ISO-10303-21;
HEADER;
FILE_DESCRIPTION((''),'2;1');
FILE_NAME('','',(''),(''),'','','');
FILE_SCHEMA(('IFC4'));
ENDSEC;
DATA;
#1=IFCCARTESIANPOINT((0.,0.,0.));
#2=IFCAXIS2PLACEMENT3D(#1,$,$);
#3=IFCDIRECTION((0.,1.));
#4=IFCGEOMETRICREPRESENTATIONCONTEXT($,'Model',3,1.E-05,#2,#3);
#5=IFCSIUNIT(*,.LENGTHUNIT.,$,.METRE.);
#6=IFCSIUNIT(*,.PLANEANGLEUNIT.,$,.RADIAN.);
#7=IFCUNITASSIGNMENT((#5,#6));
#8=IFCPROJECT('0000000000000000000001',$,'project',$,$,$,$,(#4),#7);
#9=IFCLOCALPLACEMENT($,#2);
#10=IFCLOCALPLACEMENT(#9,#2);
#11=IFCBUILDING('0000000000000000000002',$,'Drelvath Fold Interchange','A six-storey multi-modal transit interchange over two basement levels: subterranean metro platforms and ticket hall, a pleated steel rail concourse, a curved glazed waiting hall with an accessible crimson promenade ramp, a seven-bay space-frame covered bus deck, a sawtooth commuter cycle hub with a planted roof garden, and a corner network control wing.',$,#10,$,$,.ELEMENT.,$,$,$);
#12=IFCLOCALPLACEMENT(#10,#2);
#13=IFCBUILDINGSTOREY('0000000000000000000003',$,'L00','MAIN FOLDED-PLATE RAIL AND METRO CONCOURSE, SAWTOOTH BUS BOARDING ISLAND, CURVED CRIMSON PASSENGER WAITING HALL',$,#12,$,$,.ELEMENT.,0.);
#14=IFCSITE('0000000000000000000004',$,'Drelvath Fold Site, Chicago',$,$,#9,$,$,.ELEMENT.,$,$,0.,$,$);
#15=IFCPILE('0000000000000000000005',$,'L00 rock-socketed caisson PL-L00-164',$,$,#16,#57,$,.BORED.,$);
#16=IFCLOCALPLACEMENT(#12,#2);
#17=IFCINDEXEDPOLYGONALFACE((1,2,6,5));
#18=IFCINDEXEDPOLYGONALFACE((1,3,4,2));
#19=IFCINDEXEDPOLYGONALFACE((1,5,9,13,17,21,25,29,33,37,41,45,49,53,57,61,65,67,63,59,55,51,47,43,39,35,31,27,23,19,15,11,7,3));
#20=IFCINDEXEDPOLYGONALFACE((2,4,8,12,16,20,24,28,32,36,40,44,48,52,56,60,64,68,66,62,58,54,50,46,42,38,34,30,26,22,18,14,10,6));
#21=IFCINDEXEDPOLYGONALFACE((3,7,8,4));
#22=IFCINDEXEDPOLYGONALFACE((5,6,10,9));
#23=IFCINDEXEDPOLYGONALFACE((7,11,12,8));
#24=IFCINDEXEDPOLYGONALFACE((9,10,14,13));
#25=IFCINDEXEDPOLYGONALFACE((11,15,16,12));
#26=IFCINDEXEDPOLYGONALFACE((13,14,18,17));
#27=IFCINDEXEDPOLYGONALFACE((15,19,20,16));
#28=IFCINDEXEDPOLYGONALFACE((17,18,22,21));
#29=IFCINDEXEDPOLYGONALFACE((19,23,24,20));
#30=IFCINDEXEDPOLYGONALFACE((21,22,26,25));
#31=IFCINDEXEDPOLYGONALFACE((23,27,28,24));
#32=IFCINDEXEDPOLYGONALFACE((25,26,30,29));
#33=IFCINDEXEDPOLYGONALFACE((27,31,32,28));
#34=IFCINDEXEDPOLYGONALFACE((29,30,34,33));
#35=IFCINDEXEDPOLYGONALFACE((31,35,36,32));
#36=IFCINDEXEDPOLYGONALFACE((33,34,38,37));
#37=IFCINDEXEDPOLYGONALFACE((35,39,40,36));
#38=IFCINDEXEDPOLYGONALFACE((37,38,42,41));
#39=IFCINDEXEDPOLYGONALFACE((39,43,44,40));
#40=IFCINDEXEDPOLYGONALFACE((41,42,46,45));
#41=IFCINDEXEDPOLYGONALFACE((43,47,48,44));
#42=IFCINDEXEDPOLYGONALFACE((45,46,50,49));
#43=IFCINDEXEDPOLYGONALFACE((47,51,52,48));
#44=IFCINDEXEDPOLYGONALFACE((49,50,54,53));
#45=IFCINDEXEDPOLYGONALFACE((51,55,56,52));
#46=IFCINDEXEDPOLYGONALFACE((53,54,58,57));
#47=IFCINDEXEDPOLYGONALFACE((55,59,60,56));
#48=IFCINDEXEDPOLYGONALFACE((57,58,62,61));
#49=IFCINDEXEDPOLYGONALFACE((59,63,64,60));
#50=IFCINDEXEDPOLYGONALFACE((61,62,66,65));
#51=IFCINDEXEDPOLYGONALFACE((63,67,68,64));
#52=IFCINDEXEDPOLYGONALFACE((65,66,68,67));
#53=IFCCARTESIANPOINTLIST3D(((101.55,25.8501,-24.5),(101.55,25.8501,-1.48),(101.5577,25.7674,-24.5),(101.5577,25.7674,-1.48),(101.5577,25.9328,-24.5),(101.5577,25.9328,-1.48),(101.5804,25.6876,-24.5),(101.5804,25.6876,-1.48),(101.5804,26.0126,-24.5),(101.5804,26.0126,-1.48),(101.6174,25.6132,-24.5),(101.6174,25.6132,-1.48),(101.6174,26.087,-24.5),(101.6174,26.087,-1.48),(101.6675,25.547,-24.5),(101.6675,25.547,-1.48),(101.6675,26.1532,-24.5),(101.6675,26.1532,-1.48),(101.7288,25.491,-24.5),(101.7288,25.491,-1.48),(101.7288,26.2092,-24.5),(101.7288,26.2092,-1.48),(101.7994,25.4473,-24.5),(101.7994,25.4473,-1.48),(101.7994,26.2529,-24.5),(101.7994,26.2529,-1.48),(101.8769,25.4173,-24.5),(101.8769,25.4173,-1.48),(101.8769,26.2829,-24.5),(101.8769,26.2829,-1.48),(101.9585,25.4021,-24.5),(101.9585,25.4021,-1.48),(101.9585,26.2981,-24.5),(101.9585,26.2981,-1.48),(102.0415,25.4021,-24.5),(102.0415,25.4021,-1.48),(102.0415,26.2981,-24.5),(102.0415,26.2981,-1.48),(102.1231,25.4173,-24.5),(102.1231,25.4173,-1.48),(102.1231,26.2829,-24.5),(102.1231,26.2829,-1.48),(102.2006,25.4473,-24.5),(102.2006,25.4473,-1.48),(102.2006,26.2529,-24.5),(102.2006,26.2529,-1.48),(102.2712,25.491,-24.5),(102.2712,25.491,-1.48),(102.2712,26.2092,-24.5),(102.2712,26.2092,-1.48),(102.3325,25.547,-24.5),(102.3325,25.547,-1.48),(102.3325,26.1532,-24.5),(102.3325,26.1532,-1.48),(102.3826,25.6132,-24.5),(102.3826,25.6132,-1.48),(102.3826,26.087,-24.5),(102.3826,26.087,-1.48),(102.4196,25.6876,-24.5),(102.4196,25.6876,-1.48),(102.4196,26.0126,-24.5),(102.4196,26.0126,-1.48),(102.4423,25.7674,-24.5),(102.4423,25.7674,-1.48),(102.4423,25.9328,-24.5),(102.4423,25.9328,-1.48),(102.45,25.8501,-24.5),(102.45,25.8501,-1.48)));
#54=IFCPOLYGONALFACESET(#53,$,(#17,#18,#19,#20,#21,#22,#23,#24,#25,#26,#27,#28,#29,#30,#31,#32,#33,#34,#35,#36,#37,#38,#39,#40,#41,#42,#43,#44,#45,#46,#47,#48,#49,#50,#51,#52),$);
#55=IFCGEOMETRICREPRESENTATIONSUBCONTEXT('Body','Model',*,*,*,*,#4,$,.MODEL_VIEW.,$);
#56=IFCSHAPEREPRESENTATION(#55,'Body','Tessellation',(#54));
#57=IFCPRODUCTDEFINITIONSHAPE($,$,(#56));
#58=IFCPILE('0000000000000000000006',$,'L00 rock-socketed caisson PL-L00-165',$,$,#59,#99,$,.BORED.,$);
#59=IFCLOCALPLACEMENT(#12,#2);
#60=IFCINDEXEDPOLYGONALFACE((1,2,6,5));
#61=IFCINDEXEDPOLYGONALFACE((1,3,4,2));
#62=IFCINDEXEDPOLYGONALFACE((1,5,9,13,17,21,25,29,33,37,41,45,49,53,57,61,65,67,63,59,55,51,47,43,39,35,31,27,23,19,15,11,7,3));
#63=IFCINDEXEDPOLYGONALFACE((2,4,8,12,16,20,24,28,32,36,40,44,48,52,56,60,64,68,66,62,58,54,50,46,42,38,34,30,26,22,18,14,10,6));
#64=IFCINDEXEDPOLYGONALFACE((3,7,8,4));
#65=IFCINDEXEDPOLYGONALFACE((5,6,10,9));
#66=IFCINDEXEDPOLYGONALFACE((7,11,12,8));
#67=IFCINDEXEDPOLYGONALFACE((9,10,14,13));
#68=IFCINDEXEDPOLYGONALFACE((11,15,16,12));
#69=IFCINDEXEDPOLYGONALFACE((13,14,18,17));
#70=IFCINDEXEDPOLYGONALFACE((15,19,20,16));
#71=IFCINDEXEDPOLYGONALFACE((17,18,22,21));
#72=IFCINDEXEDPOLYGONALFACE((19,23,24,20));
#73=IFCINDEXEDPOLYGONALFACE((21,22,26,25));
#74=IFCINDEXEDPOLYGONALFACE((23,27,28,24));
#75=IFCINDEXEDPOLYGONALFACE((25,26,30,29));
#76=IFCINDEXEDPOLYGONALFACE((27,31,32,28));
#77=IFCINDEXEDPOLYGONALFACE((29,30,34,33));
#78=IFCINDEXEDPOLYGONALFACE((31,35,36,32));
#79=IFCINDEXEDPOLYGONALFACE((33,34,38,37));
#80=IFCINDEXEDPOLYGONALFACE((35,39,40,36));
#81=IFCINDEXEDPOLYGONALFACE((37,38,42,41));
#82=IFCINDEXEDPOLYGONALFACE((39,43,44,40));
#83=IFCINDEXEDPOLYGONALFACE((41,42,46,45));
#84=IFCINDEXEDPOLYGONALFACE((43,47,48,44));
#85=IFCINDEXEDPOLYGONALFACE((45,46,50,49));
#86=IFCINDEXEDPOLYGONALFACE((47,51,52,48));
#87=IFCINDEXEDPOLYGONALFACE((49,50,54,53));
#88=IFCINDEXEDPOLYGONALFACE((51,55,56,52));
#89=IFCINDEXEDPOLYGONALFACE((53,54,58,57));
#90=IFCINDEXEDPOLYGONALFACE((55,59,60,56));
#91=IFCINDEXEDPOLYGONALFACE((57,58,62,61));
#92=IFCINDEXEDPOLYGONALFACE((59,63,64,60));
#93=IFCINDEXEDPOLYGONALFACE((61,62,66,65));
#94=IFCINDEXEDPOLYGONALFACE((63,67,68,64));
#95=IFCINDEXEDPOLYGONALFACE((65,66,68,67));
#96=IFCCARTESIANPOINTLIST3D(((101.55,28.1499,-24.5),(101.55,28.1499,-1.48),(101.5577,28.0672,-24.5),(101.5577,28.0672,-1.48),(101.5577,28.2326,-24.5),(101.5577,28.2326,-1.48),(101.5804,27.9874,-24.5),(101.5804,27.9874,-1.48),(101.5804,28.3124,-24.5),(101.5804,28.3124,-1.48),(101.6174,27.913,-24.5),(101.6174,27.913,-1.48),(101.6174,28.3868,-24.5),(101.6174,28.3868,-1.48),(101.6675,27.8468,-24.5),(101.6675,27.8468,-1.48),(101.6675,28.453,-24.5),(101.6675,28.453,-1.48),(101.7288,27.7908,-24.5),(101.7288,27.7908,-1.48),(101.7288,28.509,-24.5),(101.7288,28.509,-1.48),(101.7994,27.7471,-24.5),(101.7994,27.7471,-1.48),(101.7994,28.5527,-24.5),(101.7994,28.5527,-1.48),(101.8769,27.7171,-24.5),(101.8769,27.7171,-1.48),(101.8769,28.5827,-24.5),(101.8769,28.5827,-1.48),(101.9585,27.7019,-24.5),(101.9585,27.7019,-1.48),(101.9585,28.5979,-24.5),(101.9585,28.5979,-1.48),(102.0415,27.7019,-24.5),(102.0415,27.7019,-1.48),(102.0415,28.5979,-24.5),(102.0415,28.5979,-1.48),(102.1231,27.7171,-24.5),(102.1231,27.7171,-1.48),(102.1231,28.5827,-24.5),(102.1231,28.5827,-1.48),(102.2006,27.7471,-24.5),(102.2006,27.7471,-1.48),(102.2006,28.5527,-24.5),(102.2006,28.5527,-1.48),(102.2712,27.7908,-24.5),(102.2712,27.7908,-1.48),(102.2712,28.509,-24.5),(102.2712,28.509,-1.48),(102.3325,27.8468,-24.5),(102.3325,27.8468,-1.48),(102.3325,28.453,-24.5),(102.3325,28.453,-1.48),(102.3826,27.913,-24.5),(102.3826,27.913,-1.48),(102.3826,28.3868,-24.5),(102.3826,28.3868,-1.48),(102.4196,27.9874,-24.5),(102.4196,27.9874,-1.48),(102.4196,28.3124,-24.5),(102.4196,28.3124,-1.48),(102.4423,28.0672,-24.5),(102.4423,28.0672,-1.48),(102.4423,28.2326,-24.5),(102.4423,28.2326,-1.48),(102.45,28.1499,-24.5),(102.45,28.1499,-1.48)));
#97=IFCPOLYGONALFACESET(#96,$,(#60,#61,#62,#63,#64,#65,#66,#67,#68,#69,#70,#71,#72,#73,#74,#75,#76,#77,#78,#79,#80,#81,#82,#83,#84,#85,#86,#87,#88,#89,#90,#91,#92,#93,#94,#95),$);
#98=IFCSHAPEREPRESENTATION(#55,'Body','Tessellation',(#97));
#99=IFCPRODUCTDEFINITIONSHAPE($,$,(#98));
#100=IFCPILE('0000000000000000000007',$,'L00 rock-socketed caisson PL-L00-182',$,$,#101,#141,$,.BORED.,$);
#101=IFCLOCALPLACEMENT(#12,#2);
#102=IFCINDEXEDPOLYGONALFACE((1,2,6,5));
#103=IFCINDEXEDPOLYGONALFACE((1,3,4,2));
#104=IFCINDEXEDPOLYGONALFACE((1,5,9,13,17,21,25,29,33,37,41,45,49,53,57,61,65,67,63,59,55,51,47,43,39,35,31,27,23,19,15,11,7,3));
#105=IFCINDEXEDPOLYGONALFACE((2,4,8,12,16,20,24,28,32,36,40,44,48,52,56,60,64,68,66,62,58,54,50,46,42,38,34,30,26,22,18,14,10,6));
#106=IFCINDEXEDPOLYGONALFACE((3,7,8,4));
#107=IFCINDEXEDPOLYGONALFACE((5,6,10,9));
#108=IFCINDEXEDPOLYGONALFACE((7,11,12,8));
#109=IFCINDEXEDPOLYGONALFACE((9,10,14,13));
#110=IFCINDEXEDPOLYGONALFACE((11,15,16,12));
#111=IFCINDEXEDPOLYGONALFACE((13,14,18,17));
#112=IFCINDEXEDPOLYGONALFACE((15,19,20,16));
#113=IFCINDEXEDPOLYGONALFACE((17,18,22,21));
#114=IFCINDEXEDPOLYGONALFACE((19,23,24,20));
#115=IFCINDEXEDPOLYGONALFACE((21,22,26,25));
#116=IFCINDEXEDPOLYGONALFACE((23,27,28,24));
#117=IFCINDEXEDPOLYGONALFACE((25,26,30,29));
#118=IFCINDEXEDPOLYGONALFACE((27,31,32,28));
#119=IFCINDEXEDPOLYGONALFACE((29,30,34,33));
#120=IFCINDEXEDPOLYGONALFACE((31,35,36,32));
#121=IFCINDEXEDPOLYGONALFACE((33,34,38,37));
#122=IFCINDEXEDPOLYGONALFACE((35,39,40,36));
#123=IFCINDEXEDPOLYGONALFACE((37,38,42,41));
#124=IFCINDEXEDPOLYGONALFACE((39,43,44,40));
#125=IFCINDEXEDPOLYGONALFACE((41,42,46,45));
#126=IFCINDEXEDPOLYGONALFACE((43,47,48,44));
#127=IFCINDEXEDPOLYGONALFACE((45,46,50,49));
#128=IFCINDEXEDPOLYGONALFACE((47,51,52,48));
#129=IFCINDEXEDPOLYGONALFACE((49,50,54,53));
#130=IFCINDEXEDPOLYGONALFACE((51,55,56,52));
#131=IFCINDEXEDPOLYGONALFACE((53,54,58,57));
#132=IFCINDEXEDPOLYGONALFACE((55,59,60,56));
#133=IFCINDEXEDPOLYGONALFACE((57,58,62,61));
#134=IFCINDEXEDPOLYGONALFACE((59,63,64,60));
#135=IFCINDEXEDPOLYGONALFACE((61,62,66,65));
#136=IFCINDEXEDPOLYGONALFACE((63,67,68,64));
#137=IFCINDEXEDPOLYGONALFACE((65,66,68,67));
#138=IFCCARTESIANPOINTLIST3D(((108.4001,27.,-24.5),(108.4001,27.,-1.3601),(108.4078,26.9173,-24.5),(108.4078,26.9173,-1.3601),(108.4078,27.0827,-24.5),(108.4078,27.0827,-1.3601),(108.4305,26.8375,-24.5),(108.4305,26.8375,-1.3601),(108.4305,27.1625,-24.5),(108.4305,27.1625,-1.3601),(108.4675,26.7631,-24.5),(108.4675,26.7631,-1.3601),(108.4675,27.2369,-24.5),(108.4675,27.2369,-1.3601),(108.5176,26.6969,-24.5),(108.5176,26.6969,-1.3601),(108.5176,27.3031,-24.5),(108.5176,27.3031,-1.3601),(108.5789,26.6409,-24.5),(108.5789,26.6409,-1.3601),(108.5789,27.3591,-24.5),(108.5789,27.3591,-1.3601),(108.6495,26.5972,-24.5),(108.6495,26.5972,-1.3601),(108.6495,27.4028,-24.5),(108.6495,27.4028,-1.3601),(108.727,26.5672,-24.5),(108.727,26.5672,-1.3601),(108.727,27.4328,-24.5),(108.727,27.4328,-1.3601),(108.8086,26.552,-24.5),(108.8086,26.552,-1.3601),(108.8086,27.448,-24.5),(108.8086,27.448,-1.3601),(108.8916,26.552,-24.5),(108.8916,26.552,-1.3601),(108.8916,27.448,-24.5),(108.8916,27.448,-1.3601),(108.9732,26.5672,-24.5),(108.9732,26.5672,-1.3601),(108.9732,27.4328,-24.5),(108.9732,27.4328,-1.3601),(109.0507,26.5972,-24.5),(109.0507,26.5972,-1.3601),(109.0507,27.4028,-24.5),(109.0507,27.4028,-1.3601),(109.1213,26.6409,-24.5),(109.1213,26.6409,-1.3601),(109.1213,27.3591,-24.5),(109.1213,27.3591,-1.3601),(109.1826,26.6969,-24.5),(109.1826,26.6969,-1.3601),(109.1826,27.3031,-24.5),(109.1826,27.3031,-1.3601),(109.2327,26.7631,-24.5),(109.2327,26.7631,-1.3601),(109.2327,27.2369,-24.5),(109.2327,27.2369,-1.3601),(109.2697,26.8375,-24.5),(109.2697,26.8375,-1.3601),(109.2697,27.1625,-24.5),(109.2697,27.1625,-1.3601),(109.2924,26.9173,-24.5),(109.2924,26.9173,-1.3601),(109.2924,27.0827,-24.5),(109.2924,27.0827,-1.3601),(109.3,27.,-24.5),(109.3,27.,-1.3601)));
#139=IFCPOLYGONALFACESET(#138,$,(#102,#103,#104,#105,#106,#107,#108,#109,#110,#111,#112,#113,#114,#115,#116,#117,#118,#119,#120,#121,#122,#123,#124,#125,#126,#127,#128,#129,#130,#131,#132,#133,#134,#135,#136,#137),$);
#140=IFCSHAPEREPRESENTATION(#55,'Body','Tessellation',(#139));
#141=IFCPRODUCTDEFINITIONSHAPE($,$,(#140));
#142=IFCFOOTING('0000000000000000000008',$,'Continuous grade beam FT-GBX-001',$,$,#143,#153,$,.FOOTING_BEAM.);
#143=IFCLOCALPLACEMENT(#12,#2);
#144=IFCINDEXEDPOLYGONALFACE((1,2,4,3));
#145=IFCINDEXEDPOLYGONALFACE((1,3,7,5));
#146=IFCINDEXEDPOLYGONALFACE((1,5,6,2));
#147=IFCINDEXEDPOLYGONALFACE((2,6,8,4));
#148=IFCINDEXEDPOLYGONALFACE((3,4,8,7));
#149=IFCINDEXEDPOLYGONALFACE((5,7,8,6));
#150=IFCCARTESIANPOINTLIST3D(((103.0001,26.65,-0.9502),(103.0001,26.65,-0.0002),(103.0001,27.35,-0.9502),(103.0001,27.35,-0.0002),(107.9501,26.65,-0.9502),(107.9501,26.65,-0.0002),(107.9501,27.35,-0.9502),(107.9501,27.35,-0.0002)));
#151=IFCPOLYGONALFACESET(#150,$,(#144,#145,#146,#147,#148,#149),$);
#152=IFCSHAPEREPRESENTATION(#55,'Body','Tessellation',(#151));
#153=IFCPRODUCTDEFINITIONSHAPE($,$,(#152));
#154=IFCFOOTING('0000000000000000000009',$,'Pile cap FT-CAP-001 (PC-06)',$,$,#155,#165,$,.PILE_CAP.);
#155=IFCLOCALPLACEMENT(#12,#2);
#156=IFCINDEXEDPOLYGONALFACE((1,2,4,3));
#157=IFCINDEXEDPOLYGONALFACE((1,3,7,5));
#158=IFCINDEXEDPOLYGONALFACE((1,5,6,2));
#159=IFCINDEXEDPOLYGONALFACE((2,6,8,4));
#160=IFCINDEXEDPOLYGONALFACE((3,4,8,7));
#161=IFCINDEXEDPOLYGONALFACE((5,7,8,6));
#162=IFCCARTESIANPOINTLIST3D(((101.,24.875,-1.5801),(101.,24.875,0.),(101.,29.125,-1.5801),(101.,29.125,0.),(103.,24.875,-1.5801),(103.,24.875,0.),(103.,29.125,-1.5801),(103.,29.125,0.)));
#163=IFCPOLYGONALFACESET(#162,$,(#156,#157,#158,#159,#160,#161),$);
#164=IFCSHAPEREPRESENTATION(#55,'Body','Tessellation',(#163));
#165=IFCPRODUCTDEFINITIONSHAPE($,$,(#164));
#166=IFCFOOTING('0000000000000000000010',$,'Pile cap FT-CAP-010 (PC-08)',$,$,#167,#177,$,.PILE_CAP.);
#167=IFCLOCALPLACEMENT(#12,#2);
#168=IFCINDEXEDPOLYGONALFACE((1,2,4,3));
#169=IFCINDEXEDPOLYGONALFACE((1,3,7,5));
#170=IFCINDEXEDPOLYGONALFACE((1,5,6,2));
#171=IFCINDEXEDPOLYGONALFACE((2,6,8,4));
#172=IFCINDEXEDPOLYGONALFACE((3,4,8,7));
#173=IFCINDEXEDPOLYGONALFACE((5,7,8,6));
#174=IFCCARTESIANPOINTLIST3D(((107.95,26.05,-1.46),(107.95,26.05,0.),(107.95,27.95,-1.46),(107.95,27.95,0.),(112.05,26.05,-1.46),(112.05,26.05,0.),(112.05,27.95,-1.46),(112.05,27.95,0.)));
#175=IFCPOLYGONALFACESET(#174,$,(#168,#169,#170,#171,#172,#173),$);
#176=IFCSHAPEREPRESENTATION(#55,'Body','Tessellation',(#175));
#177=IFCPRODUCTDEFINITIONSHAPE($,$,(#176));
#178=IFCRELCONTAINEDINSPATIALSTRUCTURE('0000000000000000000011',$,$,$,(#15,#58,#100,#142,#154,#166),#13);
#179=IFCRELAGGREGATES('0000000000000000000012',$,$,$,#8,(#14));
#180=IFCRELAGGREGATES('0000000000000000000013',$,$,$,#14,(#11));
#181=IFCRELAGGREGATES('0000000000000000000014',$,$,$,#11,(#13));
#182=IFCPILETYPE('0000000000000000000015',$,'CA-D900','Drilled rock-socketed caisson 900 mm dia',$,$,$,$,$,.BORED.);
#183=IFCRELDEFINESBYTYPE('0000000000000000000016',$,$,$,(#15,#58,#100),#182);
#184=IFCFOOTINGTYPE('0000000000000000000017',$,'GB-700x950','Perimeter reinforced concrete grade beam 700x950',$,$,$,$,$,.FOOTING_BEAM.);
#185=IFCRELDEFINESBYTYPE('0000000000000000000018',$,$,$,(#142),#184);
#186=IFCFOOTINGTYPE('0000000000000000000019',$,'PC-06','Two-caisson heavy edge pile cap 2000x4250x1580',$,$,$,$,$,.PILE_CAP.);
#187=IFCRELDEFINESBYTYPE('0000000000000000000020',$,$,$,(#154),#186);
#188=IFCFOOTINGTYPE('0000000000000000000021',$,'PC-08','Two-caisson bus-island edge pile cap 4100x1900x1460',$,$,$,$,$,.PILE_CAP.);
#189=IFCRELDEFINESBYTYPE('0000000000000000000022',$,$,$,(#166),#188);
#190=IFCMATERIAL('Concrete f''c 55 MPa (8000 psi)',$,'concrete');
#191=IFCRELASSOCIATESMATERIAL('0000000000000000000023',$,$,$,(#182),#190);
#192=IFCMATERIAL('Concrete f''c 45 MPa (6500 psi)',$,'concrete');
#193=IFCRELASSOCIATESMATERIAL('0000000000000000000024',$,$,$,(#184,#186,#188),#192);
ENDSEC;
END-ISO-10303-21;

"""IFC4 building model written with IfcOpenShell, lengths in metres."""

from ifc_helpers import new_model, si_unit, direction, frame, origin, origin_2d, place, context, subcontext, project, spatial, rectangle, circle, extrude, material, material_profile, profile_set, type_object, element, save


model = new_model("IFC4")

# Units and contexts
model_context = context("Model", 3, precision=1e-05, world=origin(), true_north=direction((0.0, 1.0)))
body_context = subcontext(model_context, "Body", "Model", "MODEL_VIEW")
ifc_project = project(units=[si_unit("LENGTHUNIT", "METRE"), si_unit("PLANEANGLEUNIT", "RADIAN")], contexts=[model_context])

# Site, building, storey
site_placement = place(None, origin())
site = spatial("IfcSite", under=ifc_project, at=site_placement, Name="Drelvath Fold Site, Chicago", CompositionType="ELEMENT", RefElevation=0.0)
building_placement = place(site_placement, origin())
building = spatial("IfcBuilding", under=site, at=building_placement, Name="Drelvath Fold Interchange", Description="A six-storey multi-modal transit interchange over two basement levels: subterranean metro platforms and ticket hall, a pleated steel rail concourse, a curved glazed waiting hall with an accessible crimson promenade ramp, a seven-bay space-frame covered bus deck, a sawtooth commuter cycle hub with a planted roof garden, and a corner network control wing.", CompositionType="ELEMENT")
storey_placement = place(building_placement, origin())
storey = spatial("IfcBuildingStorey", under=building, at=storey_placement, Name="L00", Description="MAIN FOLDED-PLATE RAIL AND METRO CONCOURSE, SAWTOOTH BUS BOARDING ISLAND, CURVED CRIMSON PASSENGER WAITING HALL", CompositionType="ELEMENT", Elevation=0.0)

# Piles
ifc_material_1 = material(Name="Concrete f'c 55 MPa (8000 psi)", Category="concrete")
ifc_material_profile_1 = material_profile(ifc_material_1, circle(Radius=0.45, at=origin_2d()), Name="CAISSON D900")
ifc_profile_set_1 = profile_set([ifc_material_profile_1], Name="Concrete f'c 55 MPa (8000 psi)")
pile_type = type_object("IfcPileType", Name="CA-D900", Description="Drilled rock-socketed caisson 900 mm dia", PredefinedType="BORED", material=ifc_profile_set_1)
for number, where, z_axis, x_axis, name in (
    (1, (102.0, 25.8501, -1.48), (0.0, 0.0, -1.0), (1.0, 0.0, 0.0), "L00 rock-socketed caisson PL-L00-164"),
    (2, (102.0, 28.1499, -1.48), (0.0, 0.0, -1.0), (1.0, 0.0, 0.0), "L00 rock-socketed caisson PL-L00-165"),
):
    element("IfcPile", number, at=place(storey_placement, frame(where, z_axis=z_axis, x_axis=x_axis)), inside=storey, type_object=pile_type, Name=name, PredefinedType="BORED", context=body_context, shape_type="SweptSolid", body=[
        extrude(circle(Radius=0.45, at=origin_2d()), origin(), (0.0, 0.0, 1.0), 23.02),
    ])
pile_placement = place(storey_placement, frame((108.8501, 27.0, -1.3601), z_axis=(0.0, 0.0, -1.0), x_axis=(1.0, 0.0, 0.0)))
element("IfcPile", 3, at=pile_placement, inside=storey, type_object=pile_type, Name="L00 rock-socketed caisson PL-L00-182", PredefinedType="BORED", context=body_context, shape_type="SweptSolid", body=[
    extrude(circle(Radius=0.45, at=origin_2d()), origin(), (0.0, 0.0, 1.0), 23.1399),
])

# Footings
ifc_material_2 = material(Name="Concrete f'c 45 MPa (6500 psi)", Category="concrete")
footing_type_1 = type_object("IfcFootingType", Name="GB-700x950", Description="Perimeter reinforced concrete grade beam 700x950", PredefinedType="FOOTING_BEAM", material=ifc_material_2)
footing_1_placement = place(storey_placement, frame((105.4751, 27.0, -0.9502), z_axis=(0.0, 0.0, 1.0), x_axis=(1.0, 0.0, 0.0)))
element("IfcFooting", 4, at=footing_1_placement, inside=storey, type_object=footing_type_1, Name="Continuous grade beam FT-GBX-001", PredefinedType="FOOTING_BEAM", context=body_context, shape_type="SweptSolid", body=[
    extrude(rectangle(XDim=4.95, YDim=0.7, at=origin_2d()), origin(), (0.0, 0.0, 1.0), 0.95),
])
footing_type_2 = type_object("IfcFootingType", Name="PC-06", Description="Two-caisson heavy edge pile cap 2000x4250x1580", PredefinedType="PILE_CAP", material=ifc_material_2)
footing_2_placement = place(storey_placement, frame((102.0, 27.0, -1.5801), z_axis=(0.0, 0.0, 1.0), x_axis=(1.0, 0.0, 0.0)))
element("IfcFooting", 5, at=footing_2_placement, inside=storey, type_object=footing_type_2, Name="Pile cap FT-CAP-001 (PC-06)", PredefinedType="PILE_CAP", context=body_context, shape_type="SweptSolid", body=[
    extrude(rectangle(XDim=2.0, YDim=4.25, at=origin_2d()), origin(), (0.0, 0.0, 1.0), 1.5801),
])
footing_type_3 = type_object("IfcFootingType", Name="PC-08", Description="Two-caisson bus-island edge pile cap 4100x1900x1460", PredefinedType="PILE_CAP", material=ifc_material_2)
footing_3_placement = place(storey_placement, frame((110.0, 27.0, -1.46), z_axis=(0.0, 0.0, 1.0), x_axis=(1.0, 0.0, 0.0)))
element("IfcFooting", 6, at=footing_3_placement, inside=storey, type_object=footing_type_3, Name="Pile cap FT-CAP-010 (PC-08)", PredefinedType="PILE_CAP", context=body_context, shape_type="SweptSolid", body=[
    extrude(rectangle(XDim=4.1001, YDim=1.8999, at=origin_2d()), origin(), (0.0, 0.0, 1.0), 1.46),
])

save(model, "model.ifc")
